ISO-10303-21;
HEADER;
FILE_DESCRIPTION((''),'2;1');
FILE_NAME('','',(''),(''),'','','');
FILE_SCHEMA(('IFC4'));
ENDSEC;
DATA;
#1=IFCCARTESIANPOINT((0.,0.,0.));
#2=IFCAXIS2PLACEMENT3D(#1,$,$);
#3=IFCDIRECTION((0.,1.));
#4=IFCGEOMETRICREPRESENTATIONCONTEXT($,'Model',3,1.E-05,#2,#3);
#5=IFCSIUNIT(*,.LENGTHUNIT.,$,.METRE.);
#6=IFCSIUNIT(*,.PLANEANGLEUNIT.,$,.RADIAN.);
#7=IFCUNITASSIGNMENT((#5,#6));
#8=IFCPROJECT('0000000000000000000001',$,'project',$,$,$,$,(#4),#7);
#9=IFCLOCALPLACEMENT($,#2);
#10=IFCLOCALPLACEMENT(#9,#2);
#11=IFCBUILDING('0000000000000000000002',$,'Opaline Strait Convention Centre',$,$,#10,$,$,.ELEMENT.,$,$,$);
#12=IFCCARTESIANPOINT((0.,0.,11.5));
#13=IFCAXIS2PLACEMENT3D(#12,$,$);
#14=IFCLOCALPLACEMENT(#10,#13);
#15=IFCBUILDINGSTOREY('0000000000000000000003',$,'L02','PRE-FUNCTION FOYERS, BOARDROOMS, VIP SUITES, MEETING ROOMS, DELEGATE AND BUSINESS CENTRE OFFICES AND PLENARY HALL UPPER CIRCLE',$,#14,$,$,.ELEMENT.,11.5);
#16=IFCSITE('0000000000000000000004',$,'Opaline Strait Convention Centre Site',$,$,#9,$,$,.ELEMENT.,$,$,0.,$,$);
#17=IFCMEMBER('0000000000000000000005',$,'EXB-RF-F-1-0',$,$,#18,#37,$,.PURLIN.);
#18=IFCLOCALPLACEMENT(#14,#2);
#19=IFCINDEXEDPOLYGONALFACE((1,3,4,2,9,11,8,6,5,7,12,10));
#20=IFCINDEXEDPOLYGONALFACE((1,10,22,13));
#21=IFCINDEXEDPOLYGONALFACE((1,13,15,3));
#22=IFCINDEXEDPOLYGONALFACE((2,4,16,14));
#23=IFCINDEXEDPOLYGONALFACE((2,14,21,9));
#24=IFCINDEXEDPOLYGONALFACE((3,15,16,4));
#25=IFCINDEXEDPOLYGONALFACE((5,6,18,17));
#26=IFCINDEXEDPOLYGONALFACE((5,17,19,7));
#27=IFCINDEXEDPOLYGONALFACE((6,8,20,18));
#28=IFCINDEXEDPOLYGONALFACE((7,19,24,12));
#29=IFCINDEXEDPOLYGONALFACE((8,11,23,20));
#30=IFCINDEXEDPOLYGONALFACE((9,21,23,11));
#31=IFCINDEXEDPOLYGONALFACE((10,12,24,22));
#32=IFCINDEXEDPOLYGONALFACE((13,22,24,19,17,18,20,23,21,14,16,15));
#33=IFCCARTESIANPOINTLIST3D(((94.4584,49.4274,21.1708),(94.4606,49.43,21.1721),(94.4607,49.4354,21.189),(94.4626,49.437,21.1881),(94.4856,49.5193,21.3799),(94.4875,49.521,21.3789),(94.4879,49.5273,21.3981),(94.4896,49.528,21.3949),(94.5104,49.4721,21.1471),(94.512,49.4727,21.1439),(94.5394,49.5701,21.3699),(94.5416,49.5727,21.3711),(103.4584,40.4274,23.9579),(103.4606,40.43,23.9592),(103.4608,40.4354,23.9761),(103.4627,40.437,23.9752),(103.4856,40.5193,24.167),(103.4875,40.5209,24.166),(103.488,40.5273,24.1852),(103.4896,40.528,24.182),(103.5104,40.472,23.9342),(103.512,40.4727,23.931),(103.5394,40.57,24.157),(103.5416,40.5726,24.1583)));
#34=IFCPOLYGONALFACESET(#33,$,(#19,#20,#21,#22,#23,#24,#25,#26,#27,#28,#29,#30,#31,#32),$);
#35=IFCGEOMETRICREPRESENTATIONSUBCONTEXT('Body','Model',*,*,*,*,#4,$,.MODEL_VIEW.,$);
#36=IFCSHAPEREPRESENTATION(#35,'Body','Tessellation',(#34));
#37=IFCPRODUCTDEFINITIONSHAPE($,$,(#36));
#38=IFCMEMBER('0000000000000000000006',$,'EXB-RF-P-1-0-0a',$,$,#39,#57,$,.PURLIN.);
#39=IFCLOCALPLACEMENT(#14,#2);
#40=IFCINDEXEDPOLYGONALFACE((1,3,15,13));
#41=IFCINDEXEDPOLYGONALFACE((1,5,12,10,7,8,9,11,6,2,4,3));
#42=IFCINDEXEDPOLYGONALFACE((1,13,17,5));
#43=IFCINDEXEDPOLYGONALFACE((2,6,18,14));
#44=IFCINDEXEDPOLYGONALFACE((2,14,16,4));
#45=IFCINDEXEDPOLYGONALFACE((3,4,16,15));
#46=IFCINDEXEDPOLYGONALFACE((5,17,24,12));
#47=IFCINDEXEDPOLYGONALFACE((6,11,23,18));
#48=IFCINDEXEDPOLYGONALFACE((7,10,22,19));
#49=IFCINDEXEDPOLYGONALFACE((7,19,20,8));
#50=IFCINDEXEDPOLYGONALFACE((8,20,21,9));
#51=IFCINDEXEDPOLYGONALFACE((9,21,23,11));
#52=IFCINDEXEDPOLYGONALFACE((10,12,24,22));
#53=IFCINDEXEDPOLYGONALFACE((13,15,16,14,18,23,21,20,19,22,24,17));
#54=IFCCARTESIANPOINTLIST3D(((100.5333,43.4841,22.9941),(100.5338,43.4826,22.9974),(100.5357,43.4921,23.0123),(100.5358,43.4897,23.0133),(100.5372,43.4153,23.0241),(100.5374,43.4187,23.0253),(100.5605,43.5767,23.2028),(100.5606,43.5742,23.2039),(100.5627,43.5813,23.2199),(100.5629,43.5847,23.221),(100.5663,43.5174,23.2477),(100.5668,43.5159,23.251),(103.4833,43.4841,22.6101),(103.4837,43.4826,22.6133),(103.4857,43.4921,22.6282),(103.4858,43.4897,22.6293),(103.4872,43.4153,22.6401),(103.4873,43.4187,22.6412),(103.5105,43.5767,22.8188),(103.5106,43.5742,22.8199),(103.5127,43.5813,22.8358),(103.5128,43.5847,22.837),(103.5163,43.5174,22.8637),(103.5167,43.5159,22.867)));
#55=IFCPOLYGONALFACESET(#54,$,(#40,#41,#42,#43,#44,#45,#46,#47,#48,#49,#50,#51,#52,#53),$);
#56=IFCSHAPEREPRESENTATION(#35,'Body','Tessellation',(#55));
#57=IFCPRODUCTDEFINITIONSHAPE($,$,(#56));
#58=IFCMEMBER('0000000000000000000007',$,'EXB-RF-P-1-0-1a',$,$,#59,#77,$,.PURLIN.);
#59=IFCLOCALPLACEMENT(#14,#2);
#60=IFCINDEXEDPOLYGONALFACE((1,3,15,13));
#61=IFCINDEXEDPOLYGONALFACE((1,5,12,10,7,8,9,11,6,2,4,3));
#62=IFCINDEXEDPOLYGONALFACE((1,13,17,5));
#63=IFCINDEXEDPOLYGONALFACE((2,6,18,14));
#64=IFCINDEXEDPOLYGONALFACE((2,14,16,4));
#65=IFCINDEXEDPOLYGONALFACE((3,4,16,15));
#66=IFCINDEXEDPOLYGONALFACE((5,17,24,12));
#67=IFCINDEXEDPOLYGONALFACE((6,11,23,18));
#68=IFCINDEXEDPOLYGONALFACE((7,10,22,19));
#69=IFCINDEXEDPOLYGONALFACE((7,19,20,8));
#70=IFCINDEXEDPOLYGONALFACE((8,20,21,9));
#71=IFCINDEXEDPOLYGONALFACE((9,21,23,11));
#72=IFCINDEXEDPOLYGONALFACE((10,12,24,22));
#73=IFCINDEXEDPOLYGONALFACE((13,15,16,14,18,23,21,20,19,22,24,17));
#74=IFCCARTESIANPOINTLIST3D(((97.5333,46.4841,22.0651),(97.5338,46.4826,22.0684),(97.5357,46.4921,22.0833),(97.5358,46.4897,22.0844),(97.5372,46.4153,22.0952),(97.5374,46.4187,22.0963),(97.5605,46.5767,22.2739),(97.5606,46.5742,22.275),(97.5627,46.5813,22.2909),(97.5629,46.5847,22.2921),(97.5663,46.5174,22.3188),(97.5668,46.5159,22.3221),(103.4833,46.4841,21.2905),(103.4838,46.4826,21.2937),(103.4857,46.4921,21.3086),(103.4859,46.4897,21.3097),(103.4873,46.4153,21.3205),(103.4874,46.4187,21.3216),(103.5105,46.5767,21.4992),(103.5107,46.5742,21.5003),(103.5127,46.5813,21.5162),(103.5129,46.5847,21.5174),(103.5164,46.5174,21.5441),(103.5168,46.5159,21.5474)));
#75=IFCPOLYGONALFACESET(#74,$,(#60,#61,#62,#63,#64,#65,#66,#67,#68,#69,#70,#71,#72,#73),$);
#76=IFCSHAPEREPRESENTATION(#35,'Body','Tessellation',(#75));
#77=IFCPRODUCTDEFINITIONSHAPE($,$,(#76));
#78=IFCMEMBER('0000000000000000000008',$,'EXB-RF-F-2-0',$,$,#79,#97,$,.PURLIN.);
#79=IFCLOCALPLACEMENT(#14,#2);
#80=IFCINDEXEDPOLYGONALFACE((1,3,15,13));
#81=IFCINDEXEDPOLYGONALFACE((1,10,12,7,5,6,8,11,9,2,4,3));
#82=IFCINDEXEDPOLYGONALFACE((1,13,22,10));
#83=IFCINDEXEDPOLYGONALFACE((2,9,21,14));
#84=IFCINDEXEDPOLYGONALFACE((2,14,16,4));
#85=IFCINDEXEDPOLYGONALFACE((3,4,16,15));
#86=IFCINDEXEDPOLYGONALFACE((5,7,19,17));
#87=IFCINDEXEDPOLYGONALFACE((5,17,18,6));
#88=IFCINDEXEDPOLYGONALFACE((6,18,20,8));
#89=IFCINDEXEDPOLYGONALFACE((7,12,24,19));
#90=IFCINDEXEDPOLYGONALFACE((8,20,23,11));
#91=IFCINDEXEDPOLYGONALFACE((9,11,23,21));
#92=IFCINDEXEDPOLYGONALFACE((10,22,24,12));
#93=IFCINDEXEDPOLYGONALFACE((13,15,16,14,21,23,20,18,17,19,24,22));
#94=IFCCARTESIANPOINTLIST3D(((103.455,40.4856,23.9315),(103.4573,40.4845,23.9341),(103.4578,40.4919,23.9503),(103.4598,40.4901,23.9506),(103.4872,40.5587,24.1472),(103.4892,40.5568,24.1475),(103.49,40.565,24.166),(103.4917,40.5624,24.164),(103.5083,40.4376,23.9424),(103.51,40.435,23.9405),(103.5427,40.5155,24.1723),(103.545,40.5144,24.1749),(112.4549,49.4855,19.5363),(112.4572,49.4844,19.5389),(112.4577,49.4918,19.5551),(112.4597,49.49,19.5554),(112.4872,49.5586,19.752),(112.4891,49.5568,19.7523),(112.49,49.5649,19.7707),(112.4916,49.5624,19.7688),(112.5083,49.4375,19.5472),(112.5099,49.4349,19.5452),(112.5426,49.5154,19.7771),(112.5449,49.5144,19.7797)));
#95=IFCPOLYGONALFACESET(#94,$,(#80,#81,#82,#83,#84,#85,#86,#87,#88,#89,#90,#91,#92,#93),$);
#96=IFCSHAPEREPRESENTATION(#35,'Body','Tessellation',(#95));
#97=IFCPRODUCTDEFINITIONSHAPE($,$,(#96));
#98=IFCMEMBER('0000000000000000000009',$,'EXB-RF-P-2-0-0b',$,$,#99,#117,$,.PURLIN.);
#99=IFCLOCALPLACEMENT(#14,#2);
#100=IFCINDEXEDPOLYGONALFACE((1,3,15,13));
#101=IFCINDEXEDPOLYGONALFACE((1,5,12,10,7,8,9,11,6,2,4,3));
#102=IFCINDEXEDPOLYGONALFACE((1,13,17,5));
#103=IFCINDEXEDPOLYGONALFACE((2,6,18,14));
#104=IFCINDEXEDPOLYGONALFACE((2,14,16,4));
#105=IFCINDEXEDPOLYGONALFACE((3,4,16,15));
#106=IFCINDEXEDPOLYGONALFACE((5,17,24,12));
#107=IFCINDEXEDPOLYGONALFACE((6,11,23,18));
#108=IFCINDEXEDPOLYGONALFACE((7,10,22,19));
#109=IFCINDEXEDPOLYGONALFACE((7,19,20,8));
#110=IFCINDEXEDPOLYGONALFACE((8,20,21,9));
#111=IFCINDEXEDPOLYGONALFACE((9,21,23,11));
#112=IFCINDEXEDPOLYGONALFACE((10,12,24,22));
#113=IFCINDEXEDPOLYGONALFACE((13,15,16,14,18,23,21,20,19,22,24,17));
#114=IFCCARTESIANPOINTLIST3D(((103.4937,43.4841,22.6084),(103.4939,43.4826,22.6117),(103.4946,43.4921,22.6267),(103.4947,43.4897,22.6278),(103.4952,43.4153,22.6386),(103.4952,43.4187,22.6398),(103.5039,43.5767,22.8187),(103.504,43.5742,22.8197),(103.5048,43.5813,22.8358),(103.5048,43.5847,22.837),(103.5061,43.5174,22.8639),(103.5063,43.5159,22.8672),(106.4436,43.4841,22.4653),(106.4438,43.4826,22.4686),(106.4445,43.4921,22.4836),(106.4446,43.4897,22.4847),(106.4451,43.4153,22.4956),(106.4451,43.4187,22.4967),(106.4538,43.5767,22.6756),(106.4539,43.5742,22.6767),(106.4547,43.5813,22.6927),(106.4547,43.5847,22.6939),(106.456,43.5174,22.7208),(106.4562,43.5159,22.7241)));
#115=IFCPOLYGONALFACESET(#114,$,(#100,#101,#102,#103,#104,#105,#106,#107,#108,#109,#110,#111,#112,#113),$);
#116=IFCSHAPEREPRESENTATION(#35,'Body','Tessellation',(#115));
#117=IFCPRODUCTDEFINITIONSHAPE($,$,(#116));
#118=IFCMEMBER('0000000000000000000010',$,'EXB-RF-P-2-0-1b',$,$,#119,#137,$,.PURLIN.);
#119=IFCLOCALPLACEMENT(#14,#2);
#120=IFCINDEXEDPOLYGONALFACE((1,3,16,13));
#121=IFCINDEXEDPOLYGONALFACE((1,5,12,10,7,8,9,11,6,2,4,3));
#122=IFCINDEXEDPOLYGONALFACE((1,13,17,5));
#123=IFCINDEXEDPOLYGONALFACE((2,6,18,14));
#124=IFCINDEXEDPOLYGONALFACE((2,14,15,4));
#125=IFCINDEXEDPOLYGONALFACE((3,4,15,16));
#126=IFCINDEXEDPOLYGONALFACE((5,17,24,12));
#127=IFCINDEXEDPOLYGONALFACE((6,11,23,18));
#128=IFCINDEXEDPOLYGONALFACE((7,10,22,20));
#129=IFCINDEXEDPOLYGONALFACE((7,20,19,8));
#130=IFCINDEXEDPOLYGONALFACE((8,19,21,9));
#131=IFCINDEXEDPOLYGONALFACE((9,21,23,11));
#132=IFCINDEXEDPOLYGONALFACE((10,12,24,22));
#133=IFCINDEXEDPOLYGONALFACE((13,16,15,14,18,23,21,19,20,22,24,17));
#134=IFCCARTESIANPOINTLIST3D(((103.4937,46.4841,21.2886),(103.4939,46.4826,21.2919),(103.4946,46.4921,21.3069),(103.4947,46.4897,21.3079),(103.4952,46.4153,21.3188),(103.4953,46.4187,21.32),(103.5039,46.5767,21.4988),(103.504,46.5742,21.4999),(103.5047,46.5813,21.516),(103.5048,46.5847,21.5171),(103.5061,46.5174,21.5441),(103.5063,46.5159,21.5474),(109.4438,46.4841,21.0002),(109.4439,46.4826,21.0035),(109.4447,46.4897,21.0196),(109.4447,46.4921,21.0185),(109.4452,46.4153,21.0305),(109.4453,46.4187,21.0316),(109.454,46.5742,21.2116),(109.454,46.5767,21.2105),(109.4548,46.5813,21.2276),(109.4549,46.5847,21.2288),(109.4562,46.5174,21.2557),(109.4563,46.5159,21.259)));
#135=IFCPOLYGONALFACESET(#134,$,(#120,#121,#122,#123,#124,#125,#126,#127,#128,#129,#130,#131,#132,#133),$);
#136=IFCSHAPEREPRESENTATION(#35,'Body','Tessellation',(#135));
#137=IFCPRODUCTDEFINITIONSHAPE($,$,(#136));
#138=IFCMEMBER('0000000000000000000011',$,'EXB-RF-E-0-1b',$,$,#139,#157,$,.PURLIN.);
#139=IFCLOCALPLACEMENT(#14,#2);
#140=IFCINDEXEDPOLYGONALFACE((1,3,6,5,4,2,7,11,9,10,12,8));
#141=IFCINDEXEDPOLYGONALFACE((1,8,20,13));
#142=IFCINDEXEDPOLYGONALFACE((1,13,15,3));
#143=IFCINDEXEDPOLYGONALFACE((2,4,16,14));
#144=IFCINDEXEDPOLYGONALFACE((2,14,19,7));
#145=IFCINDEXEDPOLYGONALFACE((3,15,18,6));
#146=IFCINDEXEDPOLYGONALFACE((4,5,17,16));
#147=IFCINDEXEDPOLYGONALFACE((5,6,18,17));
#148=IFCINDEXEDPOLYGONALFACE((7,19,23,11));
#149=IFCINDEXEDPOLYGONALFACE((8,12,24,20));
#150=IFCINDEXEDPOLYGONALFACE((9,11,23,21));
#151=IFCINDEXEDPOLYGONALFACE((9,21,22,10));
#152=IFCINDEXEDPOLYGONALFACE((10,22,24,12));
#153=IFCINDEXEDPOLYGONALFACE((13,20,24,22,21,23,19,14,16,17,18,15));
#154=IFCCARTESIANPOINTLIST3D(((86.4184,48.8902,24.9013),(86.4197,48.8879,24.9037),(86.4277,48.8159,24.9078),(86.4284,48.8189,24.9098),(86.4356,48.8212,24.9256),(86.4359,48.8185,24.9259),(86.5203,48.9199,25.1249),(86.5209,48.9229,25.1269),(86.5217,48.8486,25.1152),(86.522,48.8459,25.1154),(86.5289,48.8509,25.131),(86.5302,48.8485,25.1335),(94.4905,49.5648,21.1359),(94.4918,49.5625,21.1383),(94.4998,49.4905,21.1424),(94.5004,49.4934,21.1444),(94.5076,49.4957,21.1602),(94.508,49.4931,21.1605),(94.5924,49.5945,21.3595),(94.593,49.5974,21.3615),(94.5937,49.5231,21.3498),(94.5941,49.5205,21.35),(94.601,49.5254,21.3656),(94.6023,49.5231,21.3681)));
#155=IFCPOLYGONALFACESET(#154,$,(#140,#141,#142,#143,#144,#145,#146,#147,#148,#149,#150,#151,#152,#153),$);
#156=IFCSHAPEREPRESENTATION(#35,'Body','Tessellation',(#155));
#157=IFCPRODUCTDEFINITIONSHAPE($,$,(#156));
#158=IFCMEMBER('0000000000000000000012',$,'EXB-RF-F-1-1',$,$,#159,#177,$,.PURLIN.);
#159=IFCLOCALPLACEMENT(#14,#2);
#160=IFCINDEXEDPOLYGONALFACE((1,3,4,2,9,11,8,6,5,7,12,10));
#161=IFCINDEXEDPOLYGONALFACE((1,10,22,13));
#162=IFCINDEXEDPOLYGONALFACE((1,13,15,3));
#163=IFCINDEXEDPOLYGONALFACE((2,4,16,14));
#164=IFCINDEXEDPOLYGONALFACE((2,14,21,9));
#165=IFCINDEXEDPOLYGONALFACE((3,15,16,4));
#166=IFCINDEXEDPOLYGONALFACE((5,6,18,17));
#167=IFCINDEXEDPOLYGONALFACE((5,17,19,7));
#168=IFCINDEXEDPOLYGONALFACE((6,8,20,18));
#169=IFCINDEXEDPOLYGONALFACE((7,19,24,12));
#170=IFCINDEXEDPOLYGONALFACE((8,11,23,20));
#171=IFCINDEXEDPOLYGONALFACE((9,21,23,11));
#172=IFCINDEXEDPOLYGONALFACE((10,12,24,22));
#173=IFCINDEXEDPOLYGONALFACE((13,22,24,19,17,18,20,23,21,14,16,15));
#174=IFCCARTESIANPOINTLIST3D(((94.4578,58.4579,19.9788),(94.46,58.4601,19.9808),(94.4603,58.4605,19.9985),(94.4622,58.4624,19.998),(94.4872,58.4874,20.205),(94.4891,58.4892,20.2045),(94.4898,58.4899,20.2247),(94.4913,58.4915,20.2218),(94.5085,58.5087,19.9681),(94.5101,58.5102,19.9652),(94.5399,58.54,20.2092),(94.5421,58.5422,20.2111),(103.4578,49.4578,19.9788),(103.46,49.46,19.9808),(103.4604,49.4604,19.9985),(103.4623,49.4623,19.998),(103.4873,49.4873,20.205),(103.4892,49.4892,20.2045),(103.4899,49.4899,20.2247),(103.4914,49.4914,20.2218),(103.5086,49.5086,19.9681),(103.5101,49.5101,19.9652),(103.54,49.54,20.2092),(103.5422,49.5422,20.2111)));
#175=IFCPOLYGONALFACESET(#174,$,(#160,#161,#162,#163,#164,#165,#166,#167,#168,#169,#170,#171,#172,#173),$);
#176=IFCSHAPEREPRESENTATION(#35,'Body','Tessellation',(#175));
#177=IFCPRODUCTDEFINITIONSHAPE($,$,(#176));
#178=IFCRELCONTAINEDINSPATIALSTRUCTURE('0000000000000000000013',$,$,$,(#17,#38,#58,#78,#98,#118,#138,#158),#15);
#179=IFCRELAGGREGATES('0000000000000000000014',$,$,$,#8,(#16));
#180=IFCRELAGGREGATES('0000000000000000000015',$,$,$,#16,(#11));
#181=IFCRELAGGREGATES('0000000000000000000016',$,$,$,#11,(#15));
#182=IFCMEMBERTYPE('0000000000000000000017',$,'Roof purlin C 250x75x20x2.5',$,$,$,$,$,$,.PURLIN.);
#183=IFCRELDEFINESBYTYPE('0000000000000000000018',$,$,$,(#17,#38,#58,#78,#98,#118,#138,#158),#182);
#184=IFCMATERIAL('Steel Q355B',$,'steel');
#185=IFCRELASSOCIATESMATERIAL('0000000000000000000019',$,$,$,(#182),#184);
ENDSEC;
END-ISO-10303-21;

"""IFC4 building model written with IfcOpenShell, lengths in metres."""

from ifc_helpers import new_model, si_unit, direction, frame, origin, place, context, subcontext, project, spatial, polyline, outline, extrude, material, material_profile, profile_set, type_object, element, save


model = new_model("IFC4")

# Units and contexts
model_context = context("Model", 3, precision=1e-05, world=origin(), true_north=direction((0.0, 1.0)))
body_context = subcontext(model_context, "Body", "Model", "MODEL_VIEW")
ifc_project = project(units=[si_unit("LENGTHUNIT", "METRE"), si_unit("PLANEANGLEUNIT", "RADIAN")], contexts=[model_context])

# Site, building, storey
site_placement = place(None, origin())
site = spatial("IfcSite", under=ifc_project, at=site_placement, Name="Opaline Strait Convention Centre Site", CompositionType="ELEMENT", RefElevation=0.0)
building_placement = place(site_placement, origin())
building = spatial("IfcBuilding", under=site, at=building_placement, Name="Opaline Strait Convention Centre", CompositionType="ELEMENT")
storey_placement = place(building_placement, frame((0.0, 0.0, 11.5)))
storey = spatial("IfcBuildingStorey", under=building, at=storey_placement, Name="L02", Description="PRE-FUNCTION FOYERS, BOARDROOMS, VIP SUITES, MEETING ROOMS, DELEGATE AND BUSINESS CENTRE OFFICES AND PLENARY HALL UPPER CIRCLE", CompositionType="ELEMENT", Elevation=11.5)

# Members
ifc_material_1 = material(Name="Steel Q355B", Category="steel")
ifc_material_profile_1 = material_profile(ifc_material_1, outline(polyline([(-0.0376, -0.125), (0.0376, -0.125), (0.0376, -0.105), (0.0349, -0.105), (0.0349, -0.1226), (-0.0349, -0.1226), (-0.0349, 0.1226), (0.0349, 0.1226), (0.0349, 0.105), (0.0376, 0.105), (0.0376, 0.125), (-0.0376, 0.125), (-0.0376, -0.125)])), Name="C 250x75x20x2.5")
ifc_profile_set_1 = profile_set([ifc_material_profile_1], Name="Steel Q355B")
member_type_1 = type_object("IfcMemberType", Name="Roof purlin C 250x75x20x2.5", PredefinedType="PURLIN", material=ifc_profile_set_1)
member_1_placement = place(storey_placement, frame((103.5, 40.5, 24.0581), z_axis=(-0.69074, 0.69074, -0.213908), x_axis=(-0.713355, -0.602522, 0.357899)))
element("IfcMember", 1, at=member_1_placement, inside=storey, type_object=member_type_1, Name="EXB-RF-F-1-0", PredefinedType="PURLIN", context=body_context, shape_type="SweptSolid", body=[
    extrude(outline(polyline([(-0.0376, -0.125), (0.0376, -0.125), (0.0376, -0.105), (0.0349, -0.105), (0.0349, -0.1226), (-0.0349, -0.1226), (-0.0349, 0.1226), (0.0349, 0.1226), (0.0349, 0.105), (0.0376, 0.105), (0.0376, 0.125), (-0.0376, 0.125), (-0.0376, -0.125)])), origin(), (0.0, 0.0, 1.0), 13.0295),
])
member_2_placement = place(storey_placement, frame((100.55, 43.5, 23.1226), z_axis=(0.991632, 0.0, -0.129094), x_axis=(-0.051978, 0.915359, -0.399271)))
element("IfcMember", 2, at=member_2_placement, inside=storey, type_object=member_type_1, Name="EXB-RF-P-1-0-0a", PredefinedType="PURLIN", context=body_context, shape_type="SweptSolid", body=[
    extrude(outline(polyline([(-0.0376, -0.125), (0.0376, -0.125), (0.0376, -0.105), (0.0349, -0.105), (0.0349, -0.1226), (-0.0349, -0.1226), (-0.0349, 0.1226), (0.0349, 0.1226), (0.0349, 0.105), (0.0376, 0.105), (0.0376, 0.125), (-0.0376, 0.125), (-0.0376, -0.125)])), origin(), (0.0, 0.0, 1.0), 2.9749),
])
member_3_placement = place(storey_placement, frame((97.55, 46.5, 22.1936), z_axis=(0.991631, 0.0, -0.129106), x_axis=(-0.051983, 0.915359, -0.39927)))
element("IfcMember", 3, at=member_3_placement, inside=storey, type_object=member_type_1, Name="EXB-RF-P-1-0-1a", PredefinedType="PURLIN", context=body_context, shape_type="SweptSolid", body=[
    extrude(outline(polyline([(-0.0376, -0.125), (0.0376, -0.125), (0.0376, -0.105), (0.0349, -0.105), (0.0349, -0.1226), (-0.0349, -0.1226), (-0.0349, 0.1226), (0.0349, 0.1226), (0.0349, 0.105), (0.0376, 0.105), (0.0376, 0.125), (-0.0376, 0.125), (-0.0376, -0.125)])), origin(), (0.0, 0.0, 1.0), 6.0002),
])
member_4_placement = place(storey_placement, frame((103.5, 40.5, 24.0532), z_axis=(0.668377, 0.668377, -0.32641), x_axis=(-0.730509, 0.672491, -0.118801)))
element("IfcMember", 4, at=member_4_placement, inside=storey, type_object=member_type_1, Name="EXB-RF-F-2-0", PredefinedType="PURLIN", context=body_context, shape_type="SweptSolid", body=[
    extrude(outline(polyline([(-0.0376, -0.125), (0.0376, -0.125), (0.0376, -0.105), (0.0349, -0.105), (0.0349, -0.1226), (-0.0349, -0.1226), (-0.0349, 0.1226), (0.0349, 0.1226), (0.0349, 0.105), (0.0376, 0.105), (0.0376, 0.125), (-0.0376, 0.125), (-0.0376, -0.125)])), origin(), (0.0, 0.0, 1.0), 13.4653),
])
member_5_placement = place(storey_placement, frame((103.5, 43.5, 22.7378), z_axis=(0.998826, 0.0, -0.048441), x_axis=(-0.019504, 0.915359, -0.402167)))
element("IfcMember", 5, at=member_5_placement, inside=storey, type_object=member_type_1, Name="EXB-RF-P-2-0-0b", PredefinedType="PURLIN", context=body_context, shape_type="SweptSolid", body=[
    extrude(outline(polyline([(-0.0376, -0.125), (0.0376, -0.125), (0.0376, -0.105), (0.0349, -0.105), (0.0349, -0.1226), (-0.0349, -0.1226), (-0.0349, 0.1226), (0.0349, 0.1226), (0.0349, 0.105), (0.0376, 0.105), (0.0376, 0.125), (-0.0376, 0.125), (-0.0376, -0.125)])), origin(), (0.0, 0.0, 1.0), 2.9534),
])
member_6_placement = place(storey_placement, frame((103.5, 46.5, 21.418), z_axis=(0.998828, 0.0, -0.048402), x_axis=(-0.019489, 0.915359, -0.402168)))
element("IfcMember", 6, at=member_6_placement, inside=storey, type_object=member_type_1, Name="EXB-RF-P-2-0-1b", PredefinedType="PURLIN", context=body_context, shape_type="SweptSolid", body=[
    extrude(outline(polyline([(-0.0376, -0.125), (0.0376, -0.125), (0.0376, -0.105), (0.0349, -0.105), (0.0349, -0.1226), (-0.0349, -0.1226), (-0.0349, 0.1226), (0.0349, 0.1226), (0.0349, 0.105), (0.0376, 0.105), (0.0376, 0.125), (-0.0376, 0.125), (-0.0376, -0.125)])), origin(), (0.0, 0.0, 1.0), 5.957),
])
member_7_placement = place(storey_placement, frame((94.5464, 49.5439, 21.252), z_axis=(-0.903663, -0.075517, 0.421534), x_axis=(0.123221, -0.988553, 0.087057)))
element("IfcMember", 7, at=member_7_placement, inside=storey, type_object=member_type_1, Name="EXB-RF-E-0-1b", PredefinedType="PURLIN", context=body_context, shape_type="SweptSolid", body=[
    extrude(outline(polyline([(-0.0376, -0.125), (0.0376, -0.125), (0.0376, -0.105), (0.0349, -0.105), (0.0349, -0.1226), (-0.0349, -0.1226), (-0.0349, 0.1226), (0.0349, 0.1226), (0.0349, 0.105), (0.0376, 0.105), (0.0376, 0.125), (-0.0376, 0.125), (-0.0376, -0.125)])), origin(), (0.0, 0.0, 1.0), 8.9326),
])
member_8_placement = place(storey_placement, frame((103.5, 49.5, 20.095), z_axis=(-0.707107, 0.707107, 0.0), x_axis=(-0.695419, -0.695419, 0.181067)))
element("IfcMember", 8, at=member_8_placement, inside=storey, type_object=member_type_1, Name="EXB-RF-F-1-1", PredefinedType="PURLIN", context=body_context, shape_type="SweptSolid", body=[
    extrude(outline(polyline([(-0.0376, -0.125), (0.0376, -0.125), (0.0376, -0.105), (0.0349, -0.105), (0.0349, -0.1226), (-0.0349, -0.1226), (-0.0349, 0.1226), (0.0349, 0.1226), (0.0349, 0.105), (0.0376, 0.105), (0.0376, 0.125), (-0.0376, 0.125), (-0.0376, -0.125)])), origin(), (0.0, 0.0, 1.0), 12.728),
])

save(model, "model.ifc")
